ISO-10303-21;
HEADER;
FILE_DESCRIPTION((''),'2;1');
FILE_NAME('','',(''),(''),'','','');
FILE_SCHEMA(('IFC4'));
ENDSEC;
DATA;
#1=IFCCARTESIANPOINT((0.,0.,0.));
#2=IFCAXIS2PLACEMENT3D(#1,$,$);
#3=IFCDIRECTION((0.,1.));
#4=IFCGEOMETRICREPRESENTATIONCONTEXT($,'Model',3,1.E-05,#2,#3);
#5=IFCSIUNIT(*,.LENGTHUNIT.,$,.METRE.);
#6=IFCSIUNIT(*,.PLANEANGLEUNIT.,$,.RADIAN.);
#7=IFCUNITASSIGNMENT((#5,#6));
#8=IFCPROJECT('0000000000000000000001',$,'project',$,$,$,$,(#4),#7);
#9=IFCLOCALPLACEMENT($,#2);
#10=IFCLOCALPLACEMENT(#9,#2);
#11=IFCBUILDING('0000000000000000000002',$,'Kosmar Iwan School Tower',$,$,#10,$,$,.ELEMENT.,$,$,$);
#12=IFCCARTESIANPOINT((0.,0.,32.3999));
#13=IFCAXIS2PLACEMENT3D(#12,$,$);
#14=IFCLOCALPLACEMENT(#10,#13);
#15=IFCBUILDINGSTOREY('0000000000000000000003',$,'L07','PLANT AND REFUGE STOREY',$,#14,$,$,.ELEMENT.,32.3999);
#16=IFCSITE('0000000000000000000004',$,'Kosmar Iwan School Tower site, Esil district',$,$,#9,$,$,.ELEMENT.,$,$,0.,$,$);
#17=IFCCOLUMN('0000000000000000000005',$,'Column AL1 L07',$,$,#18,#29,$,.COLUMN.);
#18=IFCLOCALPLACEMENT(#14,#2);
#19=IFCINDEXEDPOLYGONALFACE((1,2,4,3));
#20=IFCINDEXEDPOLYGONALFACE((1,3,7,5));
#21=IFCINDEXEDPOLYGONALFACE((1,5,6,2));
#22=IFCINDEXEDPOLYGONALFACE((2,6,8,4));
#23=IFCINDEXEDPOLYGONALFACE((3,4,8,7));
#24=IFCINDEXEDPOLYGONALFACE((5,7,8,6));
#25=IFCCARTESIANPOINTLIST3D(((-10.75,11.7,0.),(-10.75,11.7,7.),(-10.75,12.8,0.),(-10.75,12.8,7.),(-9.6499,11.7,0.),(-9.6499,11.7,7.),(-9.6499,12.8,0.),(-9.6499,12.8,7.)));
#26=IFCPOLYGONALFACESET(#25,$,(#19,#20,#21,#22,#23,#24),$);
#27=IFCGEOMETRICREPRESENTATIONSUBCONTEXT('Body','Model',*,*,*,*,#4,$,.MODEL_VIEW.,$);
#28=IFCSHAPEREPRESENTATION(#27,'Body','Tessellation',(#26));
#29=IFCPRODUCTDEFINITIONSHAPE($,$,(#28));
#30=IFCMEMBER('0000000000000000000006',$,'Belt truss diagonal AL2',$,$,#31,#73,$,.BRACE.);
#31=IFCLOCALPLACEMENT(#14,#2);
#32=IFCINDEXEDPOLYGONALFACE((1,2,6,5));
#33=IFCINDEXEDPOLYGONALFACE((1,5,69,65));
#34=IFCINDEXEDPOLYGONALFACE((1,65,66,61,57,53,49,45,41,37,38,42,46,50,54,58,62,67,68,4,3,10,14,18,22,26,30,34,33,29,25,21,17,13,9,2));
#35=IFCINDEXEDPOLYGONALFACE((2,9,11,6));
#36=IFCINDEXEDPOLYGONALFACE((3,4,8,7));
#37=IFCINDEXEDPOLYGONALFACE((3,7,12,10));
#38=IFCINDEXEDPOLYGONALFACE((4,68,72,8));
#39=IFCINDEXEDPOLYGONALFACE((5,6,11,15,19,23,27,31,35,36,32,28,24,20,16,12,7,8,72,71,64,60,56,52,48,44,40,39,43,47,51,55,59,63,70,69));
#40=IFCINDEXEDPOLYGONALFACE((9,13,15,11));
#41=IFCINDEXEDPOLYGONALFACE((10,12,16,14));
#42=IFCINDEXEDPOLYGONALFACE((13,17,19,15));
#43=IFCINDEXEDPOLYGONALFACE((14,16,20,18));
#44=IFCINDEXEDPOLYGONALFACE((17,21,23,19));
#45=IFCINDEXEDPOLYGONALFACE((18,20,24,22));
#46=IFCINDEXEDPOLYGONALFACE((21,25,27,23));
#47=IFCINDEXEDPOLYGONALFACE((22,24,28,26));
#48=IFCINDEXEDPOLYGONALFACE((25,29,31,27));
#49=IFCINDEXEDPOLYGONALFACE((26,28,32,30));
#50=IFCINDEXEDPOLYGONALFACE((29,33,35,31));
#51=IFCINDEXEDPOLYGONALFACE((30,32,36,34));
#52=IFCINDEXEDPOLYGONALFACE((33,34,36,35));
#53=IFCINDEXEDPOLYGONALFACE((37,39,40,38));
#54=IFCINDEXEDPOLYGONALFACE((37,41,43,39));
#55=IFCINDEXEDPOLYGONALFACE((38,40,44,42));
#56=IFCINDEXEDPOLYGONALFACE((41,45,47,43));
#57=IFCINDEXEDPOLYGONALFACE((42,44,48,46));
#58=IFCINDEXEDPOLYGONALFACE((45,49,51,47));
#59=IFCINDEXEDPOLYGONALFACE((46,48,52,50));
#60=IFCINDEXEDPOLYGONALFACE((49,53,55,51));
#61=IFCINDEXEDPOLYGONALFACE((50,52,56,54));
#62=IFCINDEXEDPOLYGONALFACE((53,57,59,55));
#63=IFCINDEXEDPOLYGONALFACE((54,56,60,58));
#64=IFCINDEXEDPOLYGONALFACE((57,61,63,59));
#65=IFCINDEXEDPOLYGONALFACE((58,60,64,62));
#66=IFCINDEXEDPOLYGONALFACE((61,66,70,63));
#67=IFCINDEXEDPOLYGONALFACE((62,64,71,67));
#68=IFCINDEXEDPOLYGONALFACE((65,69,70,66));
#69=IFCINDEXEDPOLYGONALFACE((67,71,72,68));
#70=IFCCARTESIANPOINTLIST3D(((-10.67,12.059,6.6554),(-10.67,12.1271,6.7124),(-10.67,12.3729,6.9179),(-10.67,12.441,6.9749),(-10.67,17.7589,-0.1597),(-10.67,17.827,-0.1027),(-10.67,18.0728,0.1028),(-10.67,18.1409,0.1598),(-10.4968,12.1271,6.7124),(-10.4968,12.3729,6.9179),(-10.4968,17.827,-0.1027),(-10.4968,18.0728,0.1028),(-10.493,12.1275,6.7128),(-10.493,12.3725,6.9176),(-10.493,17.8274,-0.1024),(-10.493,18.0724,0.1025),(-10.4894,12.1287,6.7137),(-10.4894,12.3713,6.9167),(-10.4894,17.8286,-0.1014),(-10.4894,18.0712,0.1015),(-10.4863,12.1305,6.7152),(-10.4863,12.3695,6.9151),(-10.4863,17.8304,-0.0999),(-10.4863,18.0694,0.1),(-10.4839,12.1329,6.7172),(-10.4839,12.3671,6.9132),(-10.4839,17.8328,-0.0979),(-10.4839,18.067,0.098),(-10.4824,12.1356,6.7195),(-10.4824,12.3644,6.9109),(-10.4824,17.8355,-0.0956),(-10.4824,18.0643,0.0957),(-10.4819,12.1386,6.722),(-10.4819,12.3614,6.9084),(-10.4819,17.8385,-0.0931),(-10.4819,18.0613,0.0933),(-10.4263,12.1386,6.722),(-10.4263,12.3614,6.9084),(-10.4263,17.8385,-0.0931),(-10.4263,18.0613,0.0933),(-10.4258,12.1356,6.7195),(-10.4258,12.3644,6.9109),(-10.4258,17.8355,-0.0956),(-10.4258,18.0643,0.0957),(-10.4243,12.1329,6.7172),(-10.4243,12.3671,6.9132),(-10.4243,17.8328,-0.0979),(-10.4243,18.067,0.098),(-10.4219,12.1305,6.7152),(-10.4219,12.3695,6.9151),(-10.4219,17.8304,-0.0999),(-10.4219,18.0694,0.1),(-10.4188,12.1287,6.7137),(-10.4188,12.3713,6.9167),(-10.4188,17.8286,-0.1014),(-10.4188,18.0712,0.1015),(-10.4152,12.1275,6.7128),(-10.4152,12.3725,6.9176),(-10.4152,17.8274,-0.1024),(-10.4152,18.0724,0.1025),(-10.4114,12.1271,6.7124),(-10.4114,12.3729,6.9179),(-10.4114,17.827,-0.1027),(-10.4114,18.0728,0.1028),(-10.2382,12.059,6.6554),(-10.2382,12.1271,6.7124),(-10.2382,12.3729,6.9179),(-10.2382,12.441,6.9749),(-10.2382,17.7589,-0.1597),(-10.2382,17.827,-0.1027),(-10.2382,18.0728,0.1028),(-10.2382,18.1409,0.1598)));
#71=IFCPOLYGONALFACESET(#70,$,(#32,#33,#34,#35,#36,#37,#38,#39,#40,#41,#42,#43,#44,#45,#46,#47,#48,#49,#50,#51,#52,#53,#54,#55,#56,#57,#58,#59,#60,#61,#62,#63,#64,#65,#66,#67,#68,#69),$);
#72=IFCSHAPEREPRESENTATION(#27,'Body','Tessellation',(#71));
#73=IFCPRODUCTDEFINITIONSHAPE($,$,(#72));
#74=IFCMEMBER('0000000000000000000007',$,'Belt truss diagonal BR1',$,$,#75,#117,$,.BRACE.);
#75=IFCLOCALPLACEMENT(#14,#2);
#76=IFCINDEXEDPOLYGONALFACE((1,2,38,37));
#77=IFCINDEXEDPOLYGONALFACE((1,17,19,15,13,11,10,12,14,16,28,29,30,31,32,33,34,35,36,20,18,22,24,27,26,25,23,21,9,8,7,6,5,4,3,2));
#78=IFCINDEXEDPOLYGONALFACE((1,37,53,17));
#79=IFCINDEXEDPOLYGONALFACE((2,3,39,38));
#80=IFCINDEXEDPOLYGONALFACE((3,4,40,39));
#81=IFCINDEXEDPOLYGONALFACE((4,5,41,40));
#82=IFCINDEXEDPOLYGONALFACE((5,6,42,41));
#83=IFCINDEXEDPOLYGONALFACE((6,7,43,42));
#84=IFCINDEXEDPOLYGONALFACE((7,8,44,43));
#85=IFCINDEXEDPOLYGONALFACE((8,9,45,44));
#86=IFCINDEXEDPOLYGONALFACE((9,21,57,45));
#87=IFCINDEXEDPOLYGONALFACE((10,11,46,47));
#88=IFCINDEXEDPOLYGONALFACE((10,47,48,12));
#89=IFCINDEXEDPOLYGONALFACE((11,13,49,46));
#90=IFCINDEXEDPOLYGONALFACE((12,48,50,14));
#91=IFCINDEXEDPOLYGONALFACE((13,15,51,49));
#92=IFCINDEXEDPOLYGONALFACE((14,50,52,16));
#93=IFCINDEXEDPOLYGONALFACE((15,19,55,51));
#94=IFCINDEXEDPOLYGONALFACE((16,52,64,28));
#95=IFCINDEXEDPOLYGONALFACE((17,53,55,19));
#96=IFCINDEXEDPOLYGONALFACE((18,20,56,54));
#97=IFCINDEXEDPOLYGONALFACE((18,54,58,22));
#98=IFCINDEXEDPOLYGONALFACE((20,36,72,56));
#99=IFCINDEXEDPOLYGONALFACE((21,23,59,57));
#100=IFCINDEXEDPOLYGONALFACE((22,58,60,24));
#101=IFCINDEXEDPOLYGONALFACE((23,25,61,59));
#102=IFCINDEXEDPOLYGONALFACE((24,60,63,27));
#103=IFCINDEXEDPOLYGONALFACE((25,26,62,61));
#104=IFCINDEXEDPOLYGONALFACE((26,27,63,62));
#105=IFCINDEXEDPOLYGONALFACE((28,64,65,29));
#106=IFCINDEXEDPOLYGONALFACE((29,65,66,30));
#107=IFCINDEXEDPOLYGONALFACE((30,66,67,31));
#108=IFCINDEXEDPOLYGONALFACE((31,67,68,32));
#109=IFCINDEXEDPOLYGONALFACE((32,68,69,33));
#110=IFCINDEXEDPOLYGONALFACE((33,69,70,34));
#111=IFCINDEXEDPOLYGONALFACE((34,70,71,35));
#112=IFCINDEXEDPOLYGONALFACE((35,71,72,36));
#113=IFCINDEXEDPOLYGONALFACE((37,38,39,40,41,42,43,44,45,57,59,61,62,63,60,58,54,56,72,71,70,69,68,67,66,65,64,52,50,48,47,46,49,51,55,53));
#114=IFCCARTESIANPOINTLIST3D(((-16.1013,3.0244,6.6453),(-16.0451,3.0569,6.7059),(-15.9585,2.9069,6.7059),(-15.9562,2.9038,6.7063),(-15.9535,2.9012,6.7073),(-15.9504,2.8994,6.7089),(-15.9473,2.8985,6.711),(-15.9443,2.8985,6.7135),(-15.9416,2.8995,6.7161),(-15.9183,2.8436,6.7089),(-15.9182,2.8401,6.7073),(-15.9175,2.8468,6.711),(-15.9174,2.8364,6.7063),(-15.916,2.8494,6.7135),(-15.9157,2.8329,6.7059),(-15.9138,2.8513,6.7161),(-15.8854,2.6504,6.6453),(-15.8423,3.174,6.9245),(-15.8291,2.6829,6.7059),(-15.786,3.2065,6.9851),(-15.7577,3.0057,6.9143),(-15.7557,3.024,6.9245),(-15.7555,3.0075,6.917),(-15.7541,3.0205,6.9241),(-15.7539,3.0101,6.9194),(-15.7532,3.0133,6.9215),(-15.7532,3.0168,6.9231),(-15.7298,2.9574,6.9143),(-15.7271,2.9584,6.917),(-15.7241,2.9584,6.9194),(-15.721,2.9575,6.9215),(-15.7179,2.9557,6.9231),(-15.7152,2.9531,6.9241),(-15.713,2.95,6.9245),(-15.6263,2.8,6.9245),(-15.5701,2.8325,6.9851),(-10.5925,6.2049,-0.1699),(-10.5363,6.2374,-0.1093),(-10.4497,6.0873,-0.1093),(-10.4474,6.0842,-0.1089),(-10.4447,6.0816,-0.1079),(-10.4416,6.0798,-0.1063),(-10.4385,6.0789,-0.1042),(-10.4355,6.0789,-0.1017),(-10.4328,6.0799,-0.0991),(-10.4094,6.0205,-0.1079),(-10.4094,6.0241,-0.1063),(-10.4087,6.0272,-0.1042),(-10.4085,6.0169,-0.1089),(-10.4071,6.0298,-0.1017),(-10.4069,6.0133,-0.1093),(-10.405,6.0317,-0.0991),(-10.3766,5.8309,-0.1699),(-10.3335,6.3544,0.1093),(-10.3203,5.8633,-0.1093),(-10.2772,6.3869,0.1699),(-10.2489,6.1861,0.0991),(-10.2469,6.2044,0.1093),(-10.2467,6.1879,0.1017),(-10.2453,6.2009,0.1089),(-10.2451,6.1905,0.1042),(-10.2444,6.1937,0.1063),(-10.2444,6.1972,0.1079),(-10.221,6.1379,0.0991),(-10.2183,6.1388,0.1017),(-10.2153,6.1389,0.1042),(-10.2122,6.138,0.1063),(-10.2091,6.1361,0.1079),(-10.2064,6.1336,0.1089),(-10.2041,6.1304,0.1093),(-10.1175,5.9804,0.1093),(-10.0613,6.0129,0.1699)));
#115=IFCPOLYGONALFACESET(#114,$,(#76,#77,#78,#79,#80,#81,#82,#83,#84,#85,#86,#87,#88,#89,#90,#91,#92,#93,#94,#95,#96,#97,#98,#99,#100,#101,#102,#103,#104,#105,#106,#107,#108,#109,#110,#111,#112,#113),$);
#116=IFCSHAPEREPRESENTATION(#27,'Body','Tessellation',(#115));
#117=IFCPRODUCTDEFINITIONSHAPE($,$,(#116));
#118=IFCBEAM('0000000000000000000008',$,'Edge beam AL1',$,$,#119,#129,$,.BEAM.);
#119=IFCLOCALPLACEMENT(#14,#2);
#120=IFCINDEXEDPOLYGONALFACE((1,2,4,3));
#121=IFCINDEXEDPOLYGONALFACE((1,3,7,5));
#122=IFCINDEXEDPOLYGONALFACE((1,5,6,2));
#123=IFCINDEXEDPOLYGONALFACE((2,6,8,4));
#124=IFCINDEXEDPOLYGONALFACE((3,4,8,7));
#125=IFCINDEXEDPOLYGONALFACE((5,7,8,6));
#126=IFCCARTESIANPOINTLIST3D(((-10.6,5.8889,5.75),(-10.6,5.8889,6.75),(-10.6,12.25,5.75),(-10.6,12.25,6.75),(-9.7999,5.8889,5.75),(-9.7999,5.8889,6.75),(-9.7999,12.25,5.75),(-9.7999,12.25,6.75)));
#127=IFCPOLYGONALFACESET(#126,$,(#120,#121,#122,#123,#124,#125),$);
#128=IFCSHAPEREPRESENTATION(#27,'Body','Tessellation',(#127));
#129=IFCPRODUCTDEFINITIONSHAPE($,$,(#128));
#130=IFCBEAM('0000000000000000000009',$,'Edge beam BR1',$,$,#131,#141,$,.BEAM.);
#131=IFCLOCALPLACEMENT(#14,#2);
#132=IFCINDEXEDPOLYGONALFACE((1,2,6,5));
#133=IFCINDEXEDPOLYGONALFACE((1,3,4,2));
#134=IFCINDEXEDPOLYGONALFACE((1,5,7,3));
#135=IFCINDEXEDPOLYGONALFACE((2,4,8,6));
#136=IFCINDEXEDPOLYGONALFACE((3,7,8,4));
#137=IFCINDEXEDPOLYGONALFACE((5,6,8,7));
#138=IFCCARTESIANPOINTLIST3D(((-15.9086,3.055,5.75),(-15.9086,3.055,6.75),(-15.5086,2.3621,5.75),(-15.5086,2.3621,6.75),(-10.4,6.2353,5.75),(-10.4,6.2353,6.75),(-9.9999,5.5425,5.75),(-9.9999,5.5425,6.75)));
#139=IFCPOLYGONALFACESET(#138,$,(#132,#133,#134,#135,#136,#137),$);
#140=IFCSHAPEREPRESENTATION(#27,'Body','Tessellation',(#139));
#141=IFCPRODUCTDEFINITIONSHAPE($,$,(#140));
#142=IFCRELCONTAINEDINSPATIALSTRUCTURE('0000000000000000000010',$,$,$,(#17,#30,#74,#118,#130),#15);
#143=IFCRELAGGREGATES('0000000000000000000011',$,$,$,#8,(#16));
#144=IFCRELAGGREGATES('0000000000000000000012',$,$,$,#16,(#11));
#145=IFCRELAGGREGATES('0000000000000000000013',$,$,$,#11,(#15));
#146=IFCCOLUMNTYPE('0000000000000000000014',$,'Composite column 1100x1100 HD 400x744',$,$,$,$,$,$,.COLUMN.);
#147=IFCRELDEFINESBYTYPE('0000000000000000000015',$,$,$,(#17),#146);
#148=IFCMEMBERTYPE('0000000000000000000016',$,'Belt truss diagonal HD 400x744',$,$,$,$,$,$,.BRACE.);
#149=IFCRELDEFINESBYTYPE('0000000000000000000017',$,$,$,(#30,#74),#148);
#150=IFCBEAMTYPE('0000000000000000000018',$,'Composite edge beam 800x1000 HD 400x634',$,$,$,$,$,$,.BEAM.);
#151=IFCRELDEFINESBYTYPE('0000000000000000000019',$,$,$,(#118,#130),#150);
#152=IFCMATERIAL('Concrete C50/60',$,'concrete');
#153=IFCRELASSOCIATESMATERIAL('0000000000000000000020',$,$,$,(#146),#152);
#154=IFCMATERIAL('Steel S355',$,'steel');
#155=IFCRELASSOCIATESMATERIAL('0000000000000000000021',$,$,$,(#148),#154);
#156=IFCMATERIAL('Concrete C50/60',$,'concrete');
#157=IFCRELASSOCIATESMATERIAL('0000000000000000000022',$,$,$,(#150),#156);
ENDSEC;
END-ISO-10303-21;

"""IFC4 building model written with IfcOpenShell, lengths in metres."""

from ifc_helpers import new_model, si_unit, direction, frame, origin, origin_2d, place, context, subcontext, project, spatial, rectangle, i_section, extrude, material, material_profile, profile_set, type_object, element, save


model = new_model("IFC4")

# Units and contexts
model_context = context("Model", 3, precision=1e-05, world=origin(), true_north=direction((0.0, 1.0)))
body_context = subcontext(model_context, "Body", "Model", "MODEL_VIEW")
ifc_project = project(units=[si_unit("LENGTHUNIT", "METRE"), si_unit("PLANEANGLEUNIT", "RADIAN")], contexts=[model_context])

# Site, building, storey
site_placement = place(None, origin())
site = spatial("IfcSite", under=ifc_project, at=site_placement, Name="Kosmar Iwan School Tower site, Esil district", CompositionType="ELEMENT", RefElevation=0.0)
building_placement = place(site_placement, origin())
building = spatial("IfcBuilding", under=site, at=building_placement, Name="Kosmar Iwan School Tower", CompositionType="ELEMENT")
storey_placement = place(building_placement, frame((0.0, 0.0, 32.3999)))
storey = spatial("IfcBuildingStorey", under=building, at=storey_placement, Name="L07", Description="PLANT AND REFUGE STOREY", CompositionType="ELEMENT", Elevation=32.3999)

# Column
ifc_material_1 = material(Name="Concrete C50/60", Category="concrete")
ifc_material_profile_1 = material_profile(ifc_material_1, rectangle(XDim=1.1001, YDim=1.1001, at=origin_2d()), Name="RC 1100x1100 + HD 400x744")
ifc_profile_set_1 = profile_set([ifc_material_profile_1], Name="Concrete C50/60")
column_type = type_object("IfcColumnType", Name="Composite column 1100x1100 HD 400x744", PredefinedType="COLUMN", material=ifc_profile_set_1)
column_placement = place(storey_placement, frame((-10.2, 12.25, 0.0), z_axis=(0.0, 0.0, 1.0), x_axis=(0.0, 1.0, 0.0)))
element("IfcColumn", 1, at=column_placement, inside=storey, type_object=column_type, Name="Column AL1 L07", PredefinedType="COLUMN", context=body_context, shape_type="SweptSolid", body=[
    extrude(rectangle(XDim=1.1001, YDim=1.1001, at=origin_2d()), origin(), (0.0, 0.0, 1.0), 7.0),
])

# Members
ifc_material_2 = material(Name="Steel S355", Category="steel")
ifc_material_profile_2 = material_profile(ifc_material_2, i_section(OverallWidth=0.4319, OverallDepth=0.498, WebThickness=0.0557, FlangeThickness=0.0889, FilletRadius=0.0149, at=origin_2d()), Name="HD 400x744")
ifc_profile_set_2 = profile_set([ifc_material_profile_2], Name="Steel S355")
member_type = type_object("IfcMemberType", Name="Belt truss diagonal HD 400x744", PredefinedType="BRACE", material=ifc_profile_set_2)
member_1_placement = place(storey_placement, frame((-10.4541, 12.25, 6.8152), z_axis=(0.0, 0.641554, -0.767078), x_axis=(-1.0, 0.0, 0.0)))
element("IfcMember", 2, at=member_1_placement, inside=storey, type_object=member_type, Name="Belt truss diagonal AL2", PredefinedType="BRACE", context=body_context, shape_type="SweptSolid", body=[
    extrude(i_section(OverallWidth=0.4319, OverallDepth=0.498, WebThickness=0.0557, FlangeThickness=0.0889, FilletRadius=0.0149, at=origin_2d()), origin(), (0.0, 0.0, 1.0), 8.8845),
])
member_2_placement = place(storey_placement, frame((-10.3269, 6.1089, 0.0), z_axis=(-0.590915, -0.341156, 0.731049), x_axis=(0.49999, -0.866031, 0.0)))
element("IfcMember", 3, at=member_2_placement, inside=storey, type_object=member_type, Name="Belt truss diagonal BR1", PredefinedType="BRACE", context=body_context, shape_type="SweptSolid", body=[
    extrude(i_section(OverallWidth=0.4319, OverallDepth=0.498, WebThickness=0.0557, FlangeThickness=0.0889, FilletRadius=0.0149, at=origin_2d()), origin(), (0.0, 0.0, 1.0), 9.3225),
])

# Beams
ifc_material_3 = material(Name="Concrete C50/60", Category="concrete")
ifc_material_profile_3 = material_profile(ifc_material_3, rectangle(XDim=0.8, YDim=1.0, at=origin_2d()), Name="RC 800x1000 + HD 400x634")
ifc_profile_set_3 = profile_set([ifc_material_profile_3], Name="Concrete C50/60")
beam_type = type_object("IfcBeamType", Name="Composite edge beam 800x1000 HD 400x634", PredefinedType="BEAM", material=ifc_profile_set_3)
beam_1_placement = place(storey_placement, frame((-10.2, 5.8889, 6.25), z_axis=(0.0, 1.0, 0.0), x_axis=(-1.0, 0.0, 0.0)))
element("IfcBeam", 4, at=beam_1_placement, inside=storey, type_object=beam_type, Name="Edge beam AL1", PredefinedType="BEAM", context=body_context, shape_type="SweptSolid", body=[
    extrude(rectangle(XDim=0.8, YDim=1.0, at=origin_2d()), origin(), (0.0, 0.0, 1.0), 6.3611),
])
beam_2_placement = place(storey_placement, frame((-10.2, 5.8889, 6.25), z_axis=(-0.866031, -0.49999, 0.0), x_axis=(0.49999, -0.866031, 0.0)))
element("IfcBeam", 5, at=beam_2_placement, inside=storey, type_object=beam_type, Name="Edge beam BR1", PredefinedType="BEAM", context=body_context, shape_type="SweptSolid", body=[
    extrude(rectangle(XDim=0.8, YDim=1.0, at=origin_2d()), origin(), (0.0, 0.0, 1.0), 6.3608),
])

save(model, "model.ifc")
